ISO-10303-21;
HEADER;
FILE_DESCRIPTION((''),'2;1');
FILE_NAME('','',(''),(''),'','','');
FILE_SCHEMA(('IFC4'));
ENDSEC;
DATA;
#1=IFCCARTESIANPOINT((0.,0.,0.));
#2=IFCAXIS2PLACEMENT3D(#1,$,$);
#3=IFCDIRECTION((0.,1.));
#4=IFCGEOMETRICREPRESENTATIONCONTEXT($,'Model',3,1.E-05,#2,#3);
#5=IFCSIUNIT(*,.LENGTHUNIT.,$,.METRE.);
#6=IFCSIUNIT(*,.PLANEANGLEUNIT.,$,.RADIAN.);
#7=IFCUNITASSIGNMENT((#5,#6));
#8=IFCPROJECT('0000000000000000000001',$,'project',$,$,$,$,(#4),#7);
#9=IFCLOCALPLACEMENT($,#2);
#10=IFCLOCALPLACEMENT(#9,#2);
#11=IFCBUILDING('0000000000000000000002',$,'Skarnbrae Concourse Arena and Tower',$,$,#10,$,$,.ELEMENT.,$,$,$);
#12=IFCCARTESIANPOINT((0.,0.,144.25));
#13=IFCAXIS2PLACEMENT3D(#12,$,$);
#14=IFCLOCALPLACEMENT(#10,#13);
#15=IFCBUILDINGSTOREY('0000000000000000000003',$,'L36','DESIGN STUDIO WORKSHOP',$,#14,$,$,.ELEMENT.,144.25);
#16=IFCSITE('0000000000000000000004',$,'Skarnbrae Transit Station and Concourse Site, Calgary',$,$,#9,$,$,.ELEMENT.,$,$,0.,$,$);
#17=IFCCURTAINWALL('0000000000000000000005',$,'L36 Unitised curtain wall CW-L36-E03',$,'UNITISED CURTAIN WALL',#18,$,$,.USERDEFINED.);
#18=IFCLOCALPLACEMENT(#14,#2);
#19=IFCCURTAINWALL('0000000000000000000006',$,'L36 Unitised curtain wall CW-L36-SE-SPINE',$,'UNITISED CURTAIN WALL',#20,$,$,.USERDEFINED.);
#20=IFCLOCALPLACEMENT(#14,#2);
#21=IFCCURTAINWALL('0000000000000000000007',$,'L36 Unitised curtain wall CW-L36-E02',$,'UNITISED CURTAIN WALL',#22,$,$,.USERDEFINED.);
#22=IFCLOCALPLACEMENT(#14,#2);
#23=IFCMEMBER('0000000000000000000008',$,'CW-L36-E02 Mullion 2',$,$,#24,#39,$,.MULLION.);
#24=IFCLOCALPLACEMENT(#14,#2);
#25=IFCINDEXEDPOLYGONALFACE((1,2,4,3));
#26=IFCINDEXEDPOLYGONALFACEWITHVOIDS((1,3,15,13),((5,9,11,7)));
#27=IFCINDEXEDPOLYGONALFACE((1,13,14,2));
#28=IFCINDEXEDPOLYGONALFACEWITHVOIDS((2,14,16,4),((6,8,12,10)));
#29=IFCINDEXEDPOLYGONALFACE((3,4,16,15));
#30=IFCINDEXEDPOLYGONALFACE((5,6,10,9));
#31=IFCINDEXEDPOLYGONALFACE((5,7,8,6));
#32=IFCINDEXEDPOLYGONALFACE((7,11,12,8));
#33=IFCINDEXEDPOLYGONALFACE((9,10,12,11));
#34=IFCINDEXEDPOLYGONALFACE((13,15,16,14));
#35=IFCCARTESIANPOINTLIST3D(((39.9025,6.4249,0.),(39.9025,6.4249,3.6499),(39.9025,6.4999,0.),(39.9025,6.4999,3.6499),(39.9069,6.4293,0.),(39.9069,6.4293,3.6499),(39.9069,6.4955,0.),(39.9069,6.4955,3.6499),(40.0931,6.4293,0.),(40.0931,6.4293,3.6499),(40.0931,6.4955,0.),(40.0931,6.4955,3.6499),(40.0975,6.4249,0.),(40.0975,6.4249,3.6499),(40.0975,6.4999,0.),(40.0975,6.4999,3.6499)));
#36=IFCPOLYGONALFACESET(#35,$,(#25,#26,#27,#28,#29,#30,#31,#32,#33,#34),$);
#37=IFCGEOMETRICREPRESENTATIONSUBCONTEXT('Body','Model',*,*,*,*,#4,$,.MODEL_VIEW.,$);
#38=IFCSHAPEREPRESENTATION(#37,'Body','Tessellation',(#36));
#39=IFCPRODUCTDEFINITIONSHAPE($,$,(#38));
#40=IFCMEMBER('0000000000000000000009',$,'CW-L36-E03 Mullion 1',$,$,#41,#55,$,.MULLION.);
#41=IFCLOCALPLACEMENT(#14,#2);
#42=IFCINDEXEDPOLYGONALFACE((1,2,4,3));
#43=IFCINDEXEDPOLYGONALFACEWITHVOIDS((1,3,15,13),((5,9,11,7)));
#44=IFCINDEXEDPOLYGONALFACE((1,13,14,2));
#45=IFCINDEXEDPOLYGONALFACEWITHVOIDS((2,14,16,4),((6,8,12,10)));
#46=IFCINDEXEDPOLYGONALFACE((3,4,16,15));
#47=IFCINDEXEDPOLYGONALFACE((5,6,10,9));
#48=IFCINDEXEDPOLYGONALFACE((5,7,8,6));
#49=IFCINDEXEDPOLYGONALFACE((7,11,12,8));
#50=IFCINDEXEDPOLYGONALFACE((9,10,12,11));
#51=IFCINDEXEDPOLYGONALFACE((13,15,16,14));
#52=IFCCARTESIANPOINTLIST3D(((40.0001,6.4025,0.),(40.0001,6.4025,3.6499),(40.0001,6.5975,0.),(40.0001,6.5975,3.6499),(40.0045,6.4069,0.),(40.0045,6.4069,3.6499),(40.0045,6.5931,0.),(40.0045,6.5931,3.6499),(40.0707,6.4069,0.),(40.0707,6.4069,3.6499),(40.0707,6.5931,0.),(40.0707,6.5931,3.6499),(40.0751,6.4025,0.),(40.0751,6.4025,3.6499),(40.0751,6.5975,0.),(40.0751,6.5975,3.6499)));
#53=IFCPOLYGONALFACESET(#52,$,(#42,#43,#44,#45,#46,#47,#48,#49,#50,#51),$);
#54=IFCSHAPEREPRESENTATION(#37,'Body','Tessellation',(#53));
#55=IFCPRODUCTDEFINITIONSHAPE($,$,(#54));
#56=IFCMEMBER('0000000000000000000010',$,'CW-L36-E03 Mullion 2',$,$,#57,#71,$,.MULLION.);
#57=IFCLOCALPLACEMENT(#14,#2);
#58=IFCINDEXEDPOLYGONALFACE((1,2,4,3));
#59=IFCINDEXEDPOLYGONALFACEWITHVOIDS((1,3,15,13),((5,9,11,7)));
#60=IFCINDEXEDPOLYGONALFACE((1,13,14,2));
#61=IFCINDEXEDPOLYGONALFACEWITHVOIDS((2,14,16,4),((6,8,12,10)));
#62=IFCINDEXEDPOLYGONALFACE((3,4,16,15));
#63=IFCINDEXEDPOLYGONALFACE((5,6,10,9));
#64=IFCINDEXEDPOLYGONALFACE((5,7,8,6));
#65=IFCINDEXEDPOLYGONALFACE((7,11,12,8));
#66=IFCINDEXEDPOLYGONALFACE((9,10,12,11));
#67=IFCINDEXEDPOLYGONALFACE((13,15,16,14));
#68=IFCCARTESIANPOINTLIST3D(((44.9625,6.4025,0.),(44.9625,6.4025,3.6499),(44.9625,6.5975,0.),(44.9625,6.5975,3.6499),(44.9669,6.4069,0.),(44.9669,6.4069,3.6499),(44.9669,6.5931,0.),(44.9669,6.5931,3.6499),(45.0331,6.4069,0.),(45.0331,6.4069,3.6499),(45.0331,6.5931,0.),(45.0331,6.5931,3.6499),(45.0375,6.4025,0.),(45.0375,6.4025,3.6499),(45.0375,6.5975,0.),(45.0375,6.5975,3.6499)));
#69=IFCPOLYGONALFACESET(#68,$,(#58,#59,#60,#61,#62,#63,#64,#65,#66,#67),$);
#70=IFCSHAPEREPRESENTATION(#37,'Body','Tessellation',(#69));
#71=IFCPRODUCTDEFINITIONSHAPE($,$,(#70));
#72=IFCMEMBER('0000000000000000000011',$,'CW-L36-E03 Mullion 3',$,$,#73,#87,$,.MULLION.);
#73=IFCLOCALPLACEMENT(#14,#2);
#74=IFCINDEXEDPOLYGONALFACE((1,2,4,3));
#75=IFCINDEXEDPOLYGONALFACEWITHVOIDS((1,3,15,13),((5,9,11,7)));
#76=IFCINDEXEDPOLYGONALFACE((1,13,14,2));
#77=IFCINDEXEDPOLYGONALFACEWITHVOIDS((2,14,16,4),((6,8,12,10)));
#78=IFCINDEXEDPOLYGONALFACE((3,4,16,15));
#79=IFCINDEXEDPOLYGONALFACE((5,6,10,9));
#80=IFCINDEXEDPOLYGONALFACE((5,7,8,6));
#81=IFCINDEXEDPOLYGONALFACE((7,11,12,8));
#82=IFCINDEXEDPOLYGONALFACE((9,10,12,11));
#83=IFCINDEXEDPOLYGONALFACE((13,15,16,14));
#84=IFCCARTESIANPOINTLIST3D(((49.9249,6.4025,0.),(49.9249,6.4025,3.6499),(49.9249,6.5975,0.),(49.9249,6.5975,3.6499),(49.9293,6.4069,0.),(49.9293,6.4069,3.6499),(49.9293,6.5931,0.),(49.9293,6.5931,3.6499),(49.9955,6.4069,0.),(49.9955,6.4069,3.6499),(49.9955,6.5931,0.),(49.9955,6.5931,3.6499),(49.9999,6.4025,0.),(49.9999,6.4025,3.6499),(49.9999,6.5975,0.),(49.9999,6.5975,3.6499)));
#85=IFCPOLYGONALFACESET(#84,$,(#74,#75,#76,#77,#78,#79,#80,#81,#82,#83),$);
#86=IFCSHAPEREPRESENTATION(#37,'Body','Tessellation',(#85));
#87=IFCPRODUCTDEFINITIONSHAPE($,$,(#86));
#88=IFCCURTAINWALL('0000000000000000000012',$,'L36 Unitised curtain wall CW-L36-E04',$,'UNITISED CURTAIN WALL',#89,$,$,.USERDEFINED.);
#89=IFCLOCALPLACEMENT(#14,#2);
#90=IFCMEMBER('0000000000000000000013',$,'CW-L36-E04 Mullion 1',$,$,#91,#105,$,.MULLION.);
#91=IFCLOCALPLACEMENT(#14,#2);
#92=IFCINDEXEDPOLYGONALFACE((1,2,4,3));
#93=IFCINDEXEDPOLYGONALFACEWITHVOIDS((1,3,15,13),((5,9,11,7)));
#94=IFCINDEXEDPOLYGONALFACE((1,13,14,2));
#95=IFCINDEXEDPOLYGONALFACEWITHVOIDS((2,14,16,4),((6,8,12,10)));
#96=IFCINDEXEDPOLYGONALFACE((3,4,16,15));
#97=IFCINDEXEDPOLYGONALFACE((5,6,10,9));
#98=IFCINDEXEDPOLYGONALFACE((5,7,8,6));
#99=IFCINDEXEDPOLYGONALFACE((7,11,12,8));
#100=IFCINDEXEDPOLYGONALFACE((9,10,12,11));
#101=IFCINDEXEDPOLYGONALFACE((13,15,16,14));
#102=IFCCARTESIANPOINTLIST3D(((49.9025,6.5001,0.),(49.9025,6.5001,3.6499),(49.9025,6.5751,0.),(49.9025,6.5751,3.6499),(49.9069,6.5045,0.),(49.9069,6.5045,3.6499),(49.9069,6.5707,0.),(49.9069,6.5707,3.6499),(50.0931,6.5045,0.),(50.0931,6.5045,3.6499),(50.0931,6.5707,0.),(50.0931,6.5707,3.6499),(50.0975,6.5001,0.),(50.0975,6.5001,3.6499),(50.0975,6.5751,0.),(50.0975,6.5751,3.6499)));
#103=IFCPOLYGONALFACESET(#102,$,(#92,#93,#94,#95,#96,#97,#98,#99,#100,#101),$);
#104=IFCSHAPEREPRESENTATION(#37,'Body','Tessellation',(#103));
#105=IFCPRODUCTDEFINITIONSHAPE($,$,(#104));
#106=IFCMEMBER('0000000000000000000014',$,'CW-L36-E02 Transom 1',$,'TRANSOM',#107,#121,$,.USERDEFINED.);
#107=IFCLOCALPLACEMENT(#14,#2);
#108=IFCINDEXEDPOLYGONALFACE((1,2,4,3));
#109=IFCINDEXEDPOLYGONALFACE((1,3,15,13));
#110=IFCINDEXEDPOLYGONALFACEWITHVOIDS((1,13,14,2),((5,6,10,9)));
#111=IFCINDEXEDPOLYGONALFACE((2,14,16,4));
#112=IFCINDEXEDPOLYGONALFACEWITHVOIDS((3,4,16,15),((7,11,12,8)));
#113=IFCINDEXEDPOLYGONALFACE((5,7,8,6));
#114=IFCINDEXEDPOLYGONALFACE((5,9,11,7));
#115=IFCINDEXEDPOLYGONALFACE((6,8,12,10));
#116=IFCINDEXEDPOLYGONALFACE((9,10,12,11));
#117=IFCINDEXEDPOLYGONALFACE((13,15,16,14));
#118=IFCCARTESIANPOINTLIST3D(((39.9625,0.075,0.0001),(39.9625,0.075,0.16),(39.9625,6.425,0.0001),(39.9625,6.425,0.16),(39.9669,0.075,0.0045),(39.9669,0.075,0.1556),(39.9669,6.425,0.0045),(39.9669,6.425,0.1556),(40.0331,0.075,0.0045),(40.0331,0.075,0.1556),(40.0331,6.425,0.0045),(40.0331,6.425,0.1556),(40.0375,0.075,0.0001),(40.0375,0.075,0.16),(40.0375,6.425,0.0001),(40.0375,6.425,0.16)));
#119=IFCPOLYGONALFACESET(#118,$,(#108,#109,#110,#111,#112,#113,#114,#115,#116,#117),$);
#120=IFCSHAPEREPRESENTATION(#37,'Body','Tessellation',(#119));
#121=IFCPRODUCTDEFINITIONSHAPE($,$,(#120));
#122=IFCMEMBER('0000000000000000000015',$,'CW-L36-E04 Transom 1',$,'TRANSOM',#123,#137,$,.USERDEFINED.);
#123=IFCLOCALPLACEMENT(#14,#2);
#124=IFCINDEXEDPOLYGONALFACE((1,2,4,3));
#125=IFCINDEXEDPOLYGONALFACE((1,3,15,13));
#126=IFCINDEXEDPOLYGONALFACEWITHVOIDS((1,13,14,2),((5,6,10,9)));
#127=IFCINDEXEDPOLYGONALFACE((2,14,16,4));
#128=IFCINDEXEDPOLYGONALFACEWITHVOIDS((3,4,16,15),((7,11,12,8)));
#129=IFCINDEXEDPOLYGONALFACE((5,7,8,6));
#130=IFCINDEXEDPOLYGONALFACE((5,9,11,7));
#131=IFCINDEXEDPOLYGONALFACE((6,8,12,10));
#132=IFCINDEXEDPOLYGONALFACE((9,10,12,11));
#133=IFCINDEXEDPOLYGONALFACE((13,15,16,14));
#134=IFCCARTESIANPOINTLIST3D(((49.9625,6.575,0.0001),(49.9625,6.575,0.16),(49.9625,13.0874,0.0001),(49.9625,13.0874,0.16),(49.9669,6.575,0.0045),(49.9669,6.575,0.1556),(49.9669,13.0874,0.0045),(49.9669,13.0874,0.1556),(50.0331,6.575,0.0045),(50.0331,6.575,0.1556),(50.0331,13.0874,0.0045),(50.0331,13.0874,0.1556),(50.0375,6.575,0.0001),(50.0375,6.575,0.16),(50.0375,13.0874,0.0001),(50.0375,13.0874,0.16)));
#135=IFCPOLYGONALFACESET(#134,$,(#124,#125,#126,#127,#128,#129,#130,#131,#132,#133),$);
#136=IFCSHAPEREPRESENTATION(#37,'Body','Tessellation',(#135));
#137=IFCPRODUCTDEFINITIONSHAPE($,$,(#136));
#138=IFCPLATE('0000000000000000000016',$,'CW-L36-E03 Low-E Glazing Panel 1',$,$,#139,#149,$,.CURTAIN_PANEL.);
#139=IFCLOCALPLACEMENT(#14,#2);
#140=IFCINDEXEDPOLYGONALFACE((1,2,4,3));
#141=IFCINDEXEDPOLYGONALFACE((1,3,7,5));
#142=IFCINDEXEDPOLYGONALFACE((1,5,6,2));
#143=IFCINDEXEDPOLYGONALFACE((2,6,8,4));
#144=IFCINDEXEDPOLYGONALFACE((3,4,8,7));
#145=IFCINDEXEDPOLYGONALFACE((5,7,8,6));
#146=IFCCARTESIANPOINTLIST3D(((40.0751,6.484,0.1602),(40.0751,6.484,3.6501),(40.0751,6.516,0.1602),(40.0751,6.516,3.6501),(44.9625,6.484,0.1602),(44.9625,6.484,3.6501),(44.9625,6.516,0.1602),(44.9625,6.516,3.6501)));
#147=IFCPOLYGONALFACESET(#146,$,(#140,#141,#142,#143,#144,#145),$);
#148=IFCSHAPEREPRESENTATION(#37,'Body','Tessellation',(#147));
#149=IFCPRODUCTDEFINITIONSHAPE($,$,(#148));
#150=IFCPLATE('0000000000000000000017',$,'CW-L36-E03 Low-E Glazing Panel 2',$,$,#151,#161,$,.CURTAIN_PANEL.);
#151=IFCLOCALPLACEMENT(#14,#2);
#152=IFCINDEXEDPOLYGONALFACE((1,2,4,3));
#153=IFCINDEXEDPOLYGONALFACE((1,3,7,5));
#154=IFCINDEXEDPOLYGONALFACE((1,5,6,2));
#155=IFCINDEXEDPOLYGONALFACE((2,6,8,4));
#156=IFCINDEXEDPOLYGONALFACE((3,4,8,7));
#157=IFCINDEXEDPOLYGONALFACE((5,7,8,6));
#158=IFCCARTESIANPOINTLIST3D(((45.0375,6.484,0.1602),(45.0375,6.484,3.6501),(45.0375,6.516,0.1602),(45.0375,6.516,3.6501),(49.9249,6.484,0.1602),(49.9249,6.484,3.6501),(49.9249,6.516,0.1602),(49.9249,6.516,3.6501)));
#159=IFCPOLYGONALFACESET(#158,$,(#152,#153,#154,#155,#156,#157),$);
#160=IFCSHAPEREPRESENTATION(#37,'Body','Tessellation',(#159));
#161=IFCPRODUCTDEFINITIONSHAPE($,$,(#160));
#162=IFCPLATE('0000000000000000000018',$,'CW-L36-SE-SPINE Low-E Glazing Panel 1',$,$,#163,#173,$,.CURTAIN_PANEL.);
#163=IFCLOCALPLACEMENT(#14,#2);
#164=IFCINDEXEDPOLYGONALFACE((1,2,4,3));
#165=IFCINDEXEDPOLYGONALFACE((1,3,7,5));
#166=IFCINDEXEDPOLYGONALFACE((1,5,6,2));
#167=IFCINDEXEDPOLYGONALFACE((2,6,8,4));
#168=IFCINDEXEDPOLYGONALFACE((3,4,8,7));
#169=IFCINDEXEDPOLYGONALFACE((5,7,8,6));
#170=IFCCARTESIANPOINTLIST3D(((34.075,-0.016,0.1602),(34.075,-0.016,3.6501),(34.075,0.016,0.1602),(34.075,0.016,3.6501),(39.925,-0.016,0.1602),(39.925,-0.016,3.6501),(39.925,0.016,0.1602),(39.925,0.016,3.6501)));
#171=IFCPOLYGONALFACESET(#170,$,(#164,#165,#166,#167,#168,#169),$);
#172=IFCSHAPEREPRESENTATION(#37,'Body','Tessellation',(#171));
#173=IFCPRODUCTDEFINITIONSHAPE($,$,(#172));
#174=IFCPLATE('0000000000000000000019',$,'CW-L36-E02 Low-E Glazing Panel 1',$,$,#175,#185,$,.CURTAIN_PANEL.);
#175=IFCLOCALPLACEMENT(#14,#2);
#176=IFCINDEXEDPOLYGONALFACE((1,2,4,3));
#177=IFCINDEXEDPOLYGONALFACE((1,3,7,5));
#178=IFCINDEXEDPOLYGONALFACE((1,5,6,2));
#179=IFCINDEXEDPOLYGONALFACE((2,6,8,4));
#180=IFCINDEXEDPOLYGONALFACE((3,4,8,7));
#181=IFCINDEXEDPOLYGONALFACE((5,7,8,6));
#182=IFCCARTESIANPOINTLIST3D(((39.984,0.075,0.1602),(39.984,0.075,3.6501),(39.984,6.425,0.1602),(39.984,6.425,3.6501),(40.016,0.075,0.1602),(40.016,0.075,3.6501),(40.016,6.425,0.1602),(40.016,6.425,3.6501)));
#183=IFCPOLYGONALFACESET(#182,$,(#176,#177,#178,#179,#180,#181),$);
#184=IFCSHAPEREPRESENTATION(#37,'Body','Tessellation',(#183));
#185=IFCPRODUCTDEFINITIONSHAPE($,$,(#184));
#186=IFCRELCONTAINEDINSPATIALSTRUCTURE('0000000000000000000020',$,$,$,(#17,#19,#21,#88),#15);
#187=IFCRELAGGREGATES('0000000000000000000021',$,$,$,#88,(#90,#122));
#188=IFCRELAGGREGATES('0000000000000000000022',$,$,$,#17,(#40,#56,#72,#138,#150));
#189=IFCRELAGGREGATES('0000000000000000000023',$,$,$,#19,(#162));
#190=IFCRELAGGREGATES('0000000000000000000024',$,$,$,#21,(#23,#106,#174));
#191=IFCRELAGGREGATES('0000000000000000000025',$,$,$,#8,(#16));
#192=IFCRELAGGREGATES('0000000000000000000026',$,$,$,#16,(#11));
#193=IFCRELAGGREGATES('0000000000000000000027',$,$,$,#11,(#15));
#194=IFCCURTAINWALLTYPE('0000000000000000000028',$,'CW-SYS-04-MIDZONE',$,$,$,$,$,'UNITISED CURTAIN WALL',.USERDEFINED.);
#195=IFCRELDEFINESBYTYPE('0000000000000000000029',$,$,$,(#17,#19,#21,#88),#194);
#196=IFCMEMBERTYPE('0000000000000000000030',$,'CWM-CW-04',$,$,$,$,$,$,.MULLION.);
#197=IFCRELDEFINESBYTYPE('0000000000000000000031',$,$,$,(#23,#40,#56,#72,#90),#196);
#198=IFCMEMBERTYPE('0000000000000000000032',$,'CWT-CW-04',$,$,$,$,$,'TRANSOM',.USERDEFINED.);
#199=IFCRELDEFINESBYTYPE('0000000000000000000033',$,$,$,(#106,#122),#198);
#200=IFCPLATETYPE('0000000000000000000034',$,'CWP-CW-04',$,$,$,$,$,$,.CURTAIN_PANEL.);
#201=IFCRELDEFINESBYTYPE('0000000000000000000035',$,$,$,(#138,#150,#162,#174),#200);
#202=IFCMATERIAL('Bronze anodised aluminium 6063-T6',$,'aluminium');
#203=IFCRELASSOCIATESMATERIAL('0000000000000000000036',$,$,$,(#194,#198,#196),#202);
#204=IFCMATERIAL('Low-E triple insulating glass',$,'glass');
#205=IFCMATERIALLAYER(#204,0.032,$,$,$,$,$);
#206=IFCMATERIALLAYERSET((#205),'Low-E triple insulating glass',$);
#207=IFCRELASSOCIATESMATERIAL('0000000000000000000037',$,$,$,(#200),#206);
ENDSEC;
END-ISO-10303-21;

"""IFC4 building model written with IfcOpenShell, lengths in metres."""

from ifc_helpers import new_model, si_unit, direction, frame, origin, origin_2d, place, context, subcontext, project, spatial, rectangle, hollow_rectangle, extrude, source, transform, mapped, material, layer, layer_set, material_profile, profile_set, type_object, element, aggregate, save


model = new_model("IFC4")

# Units and contexts
model_context = context("Model", 3, precision=1e-05, world=origin(), true_north=direction((0.0, 1.0)))
body_context = subcontext(model_context, "Body", "Model", "MODEL_VIEW")
ifc_project = project(units=[si_unit("LENGTHUNIT", "METRE"), si_unit("PLANEANGLEUNIT", "RADIAN")], contexts=[model_context])

# Site, building, storey
site_placement = place(None, origin())
site = spatial("IfcSite", under=ifc_project, at=site_placement, Name="Skarnbrae Transit Station and Concourse Site, Calgary", CompositionType="ELEMENT", RefElevation=0.0)
building_placement = place(site_placement, origin())
building = spatial("IfcBuilding", under=site, at=building_placement, Name="Skarnbrae Concourse Arena and Tower", CompositionType="ELEMENT")
storey_placement = place(building_placement, frame((0.0, 0.0, 144.25)))
storey = spatial("IfcBuildingStorey", under=building, at=storey_placement, Name="L36", Description="DESIGN STUDIO WORKSHOP", CompositionType="ELEMENT", Elevation=144.25)

# Curtain wall
ifc_material_1 = material(Name="Bronze anodised aluminium 6063-T6", Category="aluminium")
curtain_wall_type = type_object("IfcCurtainWallType", Name="CW-SYS-04-MIDZONE", ElementType="UNITISED CURTAIN WALL", PredefinedType="USERDEFINED", material=ifc_material_1)
curtain_wall_1_placement = place(storey_placement, origin())
curtain_wall_1 = element("IfcCurtainWall", 1, at=curtain_wall_1_placement, inside=storey, type_object=curtain_wall_type, Name="L36 Unitised curtain wall CW-L36-E03", ObjectType="UNITISED CURTAIN WALL", PredefinedType="USERDEFINED")
ifc_material_profile_1 = material_profile(ifc_material_1, hollow_rectangle(XDim=0.075, YDim=0.1599, WallThickness=0.0044, at=origin_2d()), Name="ALU-TRAN-75X160")
ifc_profile_set_1 = profile_set([ifc_material_profile_1], Name="Bronze anodised aluminium 6063-T6")
member_type_1 = type_object("IfcMemberType", Name="CWT-CW-04", ElementType="TRANSOM", PredefinedType="USERDEFINED", material=ifc_profile_set_1)

# Curtain wall
curtain_wall_2_placement = place(storey_placement, origin())
curtain_wall_2 = element("IfcCurtainWall", 2, at=curtain_wall_2_placement, inside=storey, type_object=curtain_wall_type, Name="L36 Unitised curtain wall CW-L36-SE-SPINE", ObjectType="UNITISED CURTAIN WALL", PredefinedType="USERDEFINED")
ifc_material_profile_2 = material_profile(ifc_material_1, hollow_rectangle(XDim=0.075, YDim=0.1951, WallThickness=0.0044, at=origin_2d()), Name="ALU-MULL-75X195")
ifc_profile_set_2 = profile_set([ifc_material_profile_2], Name="Bronze anodised aluminium 6063-T6")
member_type_2 = type_object("IfcMemberType", Name="CWM-CW-04", PredefinedType="MULLION", material=ifc_profile_set_2)
shared_shape_1 = source(origin(), body_context, "Body", "SweptSolid", [
    extrude(hollow_rectangle(XDim=0.075, YDim=0.1951, WallThickness=0.0044, at=origin_2d()), origin(), (0.0, 0.0, 1.0), 3.6499),
])

# Curtain wall, member
curtain_wall_3_placement = place(storey_placement, origin())
curtain_wall_3 = element("IfcCurtainWall", 3, at=curtain_wall_3_placement, inside=storey, type_object=curtain_wall_type, Name="L36 Unitised curtain wall CW-L36-E02", ObjectType="UNITISED CURTAIN WALL", PredefinedType="USERDEFINED")
member_1_placement = place(storey_placement, frame((40.0, 6.4624, 0.0), z_axis=(0.0, 0.0, 1.0), x_axis=(0.0, 1.0, 0.0)))
member_1 = element("IfcMember", 4, at=member_1_placement, type_object=member_type_2, Name="CW-L36-E02 Mullion 2", PredefinedType="MULLION", context=body_context, shape_type="MappedRepresentation", body=[
    mapped(shared_shape_1, transform((0.0, 0.0, 0.0))),
])

# Members
member_2_placement = place(storey_placement, frame((40.0376, 6.5, 0.0), z_axis=(0.0, 0.0, 1.0), x_axis=(1.0, 0.0, 0.0)))
member_2 = element("IfcMember", 5, at=member_2_placement, type_object=member_type_2, Name="CW-L36-E03 Mullion 1", PredefinedType="MULLION", context=body_context, shape_type="MappedRepresentation", body=[
    mapped(shared_shape_1, transform((0.0, 0.0, 0.0))),
])
member_3_placement = place(storey_placement, frame((45.0, 6.5, 0.0), z_axis=(0.0, 0.0, 1.0), x_axis=(1.0, 0.0, 0.0)))
member_3 = element("IfcMember", 6, at=member_3_placement, type_object=member_type_2, Name="CW-L36-E03 Mullion 2", PredefinedType="MULLION", context=body_context, shape_type="MappedRepresentation", body=[
    mapped(shared_shape_1, transform((0.0, 0.0, 0.0))),
])
member_4_placement = place(storey_placement, frame((49.9624, 6.5, 0.0), z_axis=(0.0, 0.0, 1.0), x_axis=(1.0, 0.0, 0.0)))
member_4 = element("IfcMember", 7, at=member_4_placement, type_object=member_type_2, Name="CW-L36-E03 Mullion 3", PredefinedType="MULLION", context=body_context, shape_type="MappedRepresentation", body=[
    mapped(shared_shape_1, transform((0.0, 0.0, 0.0))),
])

# Curtain wall, member
curtain_wall_4_placement = place(storey_placement, origin())
curtain_wall_4 = element("IfcCurtainWall", 8, at=curtain_wall_4_placement, inside=storey, type_object=curtain_wall_type, Name="L36 Unitised curtain wall CW-L36-E04", ObjectType="UNITISED CURTAIN WALL", PredefinedType="USERDEFINED")
member_5_placement = place(storey_placement, frame((50.0, 6.5376, 0.0), z_axis=(0.0, 0.0, 1.0), x_axis=(0.0, 1.0, 0.0)))
member_5 = element("IfcMember", 9, at=member_5_placement, type_object=member_type_2, Name="CW-L36-E04 Mullion 1", PredefinedType="MULLION", context=body_context, shape_type="MappedRepresentation", body=[
    mapped(shared_shape_1, transform((0.0, 0.0, 0.0))),
])

# Members
shared_shape_2 = source(origin(), body_context, "Body", "SweptSolid", [
    extrude(hollow_rectangle(XDim=0.075, YDim=0.1599, WallThickness=0.0044, at=origin_2d()), origin(), (0.0, 0.0, 1.0), 6.3501),
])
member_6_placement = place(storey_placement, frame((40.0, 0.075, 0.0801), z_axis=(0.0, 1.0, 0.0), x_axis=(-1.0, 0.0, 0.0)))
member_6 = element("IfcMember", 10, at=member_6_placement, type_object=member_type_1, Name="CW-L36-E02 Transom 1", ObjectType="TRANSOM", PredefinedType="USERDEFINED", context=body_context, shape_type="MappedRepresentation", body=[
    mapped(shared_shape_2, transform((0.0, 0.0, 0.0))),
])
shared_shape_3 = source(origin(), body_context, "Body", "SweptSolid", [
    extrude(hollow_rectangle(XDim=0.075, YDim=0.1599, WallThickness=0.0044, at=origin_2d()), origin(), (0.0, 0.0, 1.0), 6.5125),
])
member_7_placement = place(storey_placement, frame((50.0, 6.575, 0.0801), z_axis=(0.0, 1.0, 0.0), x_axis=(-1.0, 0.0, 0.0)))
member_7 = element("IfcMember", 11, at=member_7_placement, type_object=member_type_1, Name="CW-L36-E04 Transom 1", ObjectType="TRANSOM", PredefinedType="USERDEFINED", context=body_context, shape_type="MappedRepresentation", body=[
    mapped(shared_shape_3, transform((0.0, 0.0, 0.0))),
])
aggregate(curtain_wall_4, [member_5, member_7])

# Plates
ifc_material_2 = material(Name="Low-E triple insulating glass", Category="glass")
ifc_layer = layer(ifc_material_2, 0.032)
ifc_layer_set = layer_set([ifc_layer], Name="Low-E triple insulating glass")
plate_type = type_object("IfcPlateType", Name="CWP-CW-04", PredefinedType="CURTAIN_PANEL", material=ifc_layer_set)
shared_shape_4 = source(origin(), body_context, "Body", "SweptSolid", [
    extrude(rectangle(XDim=4.8875, YDim=0.032, at=origin_2d()), origin(), (0.0, 0.0, 1.0), 3.49),
])
plate_1_placement = place(storey_placement, frame((42.5188, 6.5, 0.1602), z_axis=(0.0, 0.0, 1.0), x_axis=(1.0, 0.0, 0.0)))
plate_1 = element("IfcPlate", 12, at=plate_1_placement, type_object=plate_type, Name="CW-L36-E03 Low-E Glazing Panel 1", PredefinedType="CURTAIN_PANEL", context=body_context, shape_type="MappedRepresentation", body=[
    mapped(shared_shape_4, transform((0.0, 0.0, 0.0))),
])
plate_2_placement = place(storey_placement, frame((47.4812, 6.5, 0.1602), z_axis=(0.0, 0.0, 1.0), x_axis=(1.0, 0.0, 0.0)))
plate_2 = element("IfcPlate", 13, at=plate_2_placement, type_object=plate_type, Name="CW-L36-E03 Low-E Glazing Panel 2", PredefinedType="CURTAIN_PANEL", context=body_context, shape_type="MappedRepresentation", body=[
    mapped(shared_shape_4, transform((0.0, 0.0, 0.0))),
])
aggregate(curtain_wall_1, [member_2, member_3, member_4, plate_1, plate_2])
shared_shape_5 = source(origin(), body_context, "Body", "SweptSolid", [
    extrude(rectangle(XDim=5.8501, YDim=0.032, at=origin_2d()), origin(), (0.0, 0.0, 1.0), 3.49),
])
plate_3_placement = place(storey_placement, frame((37.0, 0.0, 0.1602), z_axis=(0.0, 0.0, 1.0), x_axis=(1.0, 0.0, 0.0)))
plate_3 = element("IfcPlate", 14, at=plate_3_placement, type_object=plate_type, Name="CW-L36-SE-SPINE Low-E Glazing Panel 1", PredefinedType="CURTAIN_PANEL", context=body_context, shape_type="MappedRepresentation", body=[
    mapped(shared_shape_5, transform((0.0, 0.0, 0.0))),
])
aggregate(curtain_wall_2, [plate_3])
shared_shape_6 = source(origin(), body_context, "Body", "SweptSolid", [
    extrude(rectangle(XDim=6.3501, YDim=0.032, at=origin_2d()), origin(), (0.0, 0.0, 1.0), 3.49),
])
plate_4_placement = place(storey_placement, frame((40.0, 3.25, 0.1602), z_axis=(0.0, 0.0, 1.0), x_axis=(0.0, 1.0, 0.0)))
plate_4 = element("IfcPlate", 15, at=plate_4_placement, type_object=plate_type, Name="CW-L36-E02 Low-E Glazing Panel 1", PredefinedType="CURTAIN_PANEL", context=body_context, shape_type="MappedRepresentation", body=[
    mapped(shared_shape_6, transform((0.0, 0.0, 0.0))),
])
aggregate(curtain_wall_3, [member_1, member_6, plate_4])

save(model, "model.ifc")
